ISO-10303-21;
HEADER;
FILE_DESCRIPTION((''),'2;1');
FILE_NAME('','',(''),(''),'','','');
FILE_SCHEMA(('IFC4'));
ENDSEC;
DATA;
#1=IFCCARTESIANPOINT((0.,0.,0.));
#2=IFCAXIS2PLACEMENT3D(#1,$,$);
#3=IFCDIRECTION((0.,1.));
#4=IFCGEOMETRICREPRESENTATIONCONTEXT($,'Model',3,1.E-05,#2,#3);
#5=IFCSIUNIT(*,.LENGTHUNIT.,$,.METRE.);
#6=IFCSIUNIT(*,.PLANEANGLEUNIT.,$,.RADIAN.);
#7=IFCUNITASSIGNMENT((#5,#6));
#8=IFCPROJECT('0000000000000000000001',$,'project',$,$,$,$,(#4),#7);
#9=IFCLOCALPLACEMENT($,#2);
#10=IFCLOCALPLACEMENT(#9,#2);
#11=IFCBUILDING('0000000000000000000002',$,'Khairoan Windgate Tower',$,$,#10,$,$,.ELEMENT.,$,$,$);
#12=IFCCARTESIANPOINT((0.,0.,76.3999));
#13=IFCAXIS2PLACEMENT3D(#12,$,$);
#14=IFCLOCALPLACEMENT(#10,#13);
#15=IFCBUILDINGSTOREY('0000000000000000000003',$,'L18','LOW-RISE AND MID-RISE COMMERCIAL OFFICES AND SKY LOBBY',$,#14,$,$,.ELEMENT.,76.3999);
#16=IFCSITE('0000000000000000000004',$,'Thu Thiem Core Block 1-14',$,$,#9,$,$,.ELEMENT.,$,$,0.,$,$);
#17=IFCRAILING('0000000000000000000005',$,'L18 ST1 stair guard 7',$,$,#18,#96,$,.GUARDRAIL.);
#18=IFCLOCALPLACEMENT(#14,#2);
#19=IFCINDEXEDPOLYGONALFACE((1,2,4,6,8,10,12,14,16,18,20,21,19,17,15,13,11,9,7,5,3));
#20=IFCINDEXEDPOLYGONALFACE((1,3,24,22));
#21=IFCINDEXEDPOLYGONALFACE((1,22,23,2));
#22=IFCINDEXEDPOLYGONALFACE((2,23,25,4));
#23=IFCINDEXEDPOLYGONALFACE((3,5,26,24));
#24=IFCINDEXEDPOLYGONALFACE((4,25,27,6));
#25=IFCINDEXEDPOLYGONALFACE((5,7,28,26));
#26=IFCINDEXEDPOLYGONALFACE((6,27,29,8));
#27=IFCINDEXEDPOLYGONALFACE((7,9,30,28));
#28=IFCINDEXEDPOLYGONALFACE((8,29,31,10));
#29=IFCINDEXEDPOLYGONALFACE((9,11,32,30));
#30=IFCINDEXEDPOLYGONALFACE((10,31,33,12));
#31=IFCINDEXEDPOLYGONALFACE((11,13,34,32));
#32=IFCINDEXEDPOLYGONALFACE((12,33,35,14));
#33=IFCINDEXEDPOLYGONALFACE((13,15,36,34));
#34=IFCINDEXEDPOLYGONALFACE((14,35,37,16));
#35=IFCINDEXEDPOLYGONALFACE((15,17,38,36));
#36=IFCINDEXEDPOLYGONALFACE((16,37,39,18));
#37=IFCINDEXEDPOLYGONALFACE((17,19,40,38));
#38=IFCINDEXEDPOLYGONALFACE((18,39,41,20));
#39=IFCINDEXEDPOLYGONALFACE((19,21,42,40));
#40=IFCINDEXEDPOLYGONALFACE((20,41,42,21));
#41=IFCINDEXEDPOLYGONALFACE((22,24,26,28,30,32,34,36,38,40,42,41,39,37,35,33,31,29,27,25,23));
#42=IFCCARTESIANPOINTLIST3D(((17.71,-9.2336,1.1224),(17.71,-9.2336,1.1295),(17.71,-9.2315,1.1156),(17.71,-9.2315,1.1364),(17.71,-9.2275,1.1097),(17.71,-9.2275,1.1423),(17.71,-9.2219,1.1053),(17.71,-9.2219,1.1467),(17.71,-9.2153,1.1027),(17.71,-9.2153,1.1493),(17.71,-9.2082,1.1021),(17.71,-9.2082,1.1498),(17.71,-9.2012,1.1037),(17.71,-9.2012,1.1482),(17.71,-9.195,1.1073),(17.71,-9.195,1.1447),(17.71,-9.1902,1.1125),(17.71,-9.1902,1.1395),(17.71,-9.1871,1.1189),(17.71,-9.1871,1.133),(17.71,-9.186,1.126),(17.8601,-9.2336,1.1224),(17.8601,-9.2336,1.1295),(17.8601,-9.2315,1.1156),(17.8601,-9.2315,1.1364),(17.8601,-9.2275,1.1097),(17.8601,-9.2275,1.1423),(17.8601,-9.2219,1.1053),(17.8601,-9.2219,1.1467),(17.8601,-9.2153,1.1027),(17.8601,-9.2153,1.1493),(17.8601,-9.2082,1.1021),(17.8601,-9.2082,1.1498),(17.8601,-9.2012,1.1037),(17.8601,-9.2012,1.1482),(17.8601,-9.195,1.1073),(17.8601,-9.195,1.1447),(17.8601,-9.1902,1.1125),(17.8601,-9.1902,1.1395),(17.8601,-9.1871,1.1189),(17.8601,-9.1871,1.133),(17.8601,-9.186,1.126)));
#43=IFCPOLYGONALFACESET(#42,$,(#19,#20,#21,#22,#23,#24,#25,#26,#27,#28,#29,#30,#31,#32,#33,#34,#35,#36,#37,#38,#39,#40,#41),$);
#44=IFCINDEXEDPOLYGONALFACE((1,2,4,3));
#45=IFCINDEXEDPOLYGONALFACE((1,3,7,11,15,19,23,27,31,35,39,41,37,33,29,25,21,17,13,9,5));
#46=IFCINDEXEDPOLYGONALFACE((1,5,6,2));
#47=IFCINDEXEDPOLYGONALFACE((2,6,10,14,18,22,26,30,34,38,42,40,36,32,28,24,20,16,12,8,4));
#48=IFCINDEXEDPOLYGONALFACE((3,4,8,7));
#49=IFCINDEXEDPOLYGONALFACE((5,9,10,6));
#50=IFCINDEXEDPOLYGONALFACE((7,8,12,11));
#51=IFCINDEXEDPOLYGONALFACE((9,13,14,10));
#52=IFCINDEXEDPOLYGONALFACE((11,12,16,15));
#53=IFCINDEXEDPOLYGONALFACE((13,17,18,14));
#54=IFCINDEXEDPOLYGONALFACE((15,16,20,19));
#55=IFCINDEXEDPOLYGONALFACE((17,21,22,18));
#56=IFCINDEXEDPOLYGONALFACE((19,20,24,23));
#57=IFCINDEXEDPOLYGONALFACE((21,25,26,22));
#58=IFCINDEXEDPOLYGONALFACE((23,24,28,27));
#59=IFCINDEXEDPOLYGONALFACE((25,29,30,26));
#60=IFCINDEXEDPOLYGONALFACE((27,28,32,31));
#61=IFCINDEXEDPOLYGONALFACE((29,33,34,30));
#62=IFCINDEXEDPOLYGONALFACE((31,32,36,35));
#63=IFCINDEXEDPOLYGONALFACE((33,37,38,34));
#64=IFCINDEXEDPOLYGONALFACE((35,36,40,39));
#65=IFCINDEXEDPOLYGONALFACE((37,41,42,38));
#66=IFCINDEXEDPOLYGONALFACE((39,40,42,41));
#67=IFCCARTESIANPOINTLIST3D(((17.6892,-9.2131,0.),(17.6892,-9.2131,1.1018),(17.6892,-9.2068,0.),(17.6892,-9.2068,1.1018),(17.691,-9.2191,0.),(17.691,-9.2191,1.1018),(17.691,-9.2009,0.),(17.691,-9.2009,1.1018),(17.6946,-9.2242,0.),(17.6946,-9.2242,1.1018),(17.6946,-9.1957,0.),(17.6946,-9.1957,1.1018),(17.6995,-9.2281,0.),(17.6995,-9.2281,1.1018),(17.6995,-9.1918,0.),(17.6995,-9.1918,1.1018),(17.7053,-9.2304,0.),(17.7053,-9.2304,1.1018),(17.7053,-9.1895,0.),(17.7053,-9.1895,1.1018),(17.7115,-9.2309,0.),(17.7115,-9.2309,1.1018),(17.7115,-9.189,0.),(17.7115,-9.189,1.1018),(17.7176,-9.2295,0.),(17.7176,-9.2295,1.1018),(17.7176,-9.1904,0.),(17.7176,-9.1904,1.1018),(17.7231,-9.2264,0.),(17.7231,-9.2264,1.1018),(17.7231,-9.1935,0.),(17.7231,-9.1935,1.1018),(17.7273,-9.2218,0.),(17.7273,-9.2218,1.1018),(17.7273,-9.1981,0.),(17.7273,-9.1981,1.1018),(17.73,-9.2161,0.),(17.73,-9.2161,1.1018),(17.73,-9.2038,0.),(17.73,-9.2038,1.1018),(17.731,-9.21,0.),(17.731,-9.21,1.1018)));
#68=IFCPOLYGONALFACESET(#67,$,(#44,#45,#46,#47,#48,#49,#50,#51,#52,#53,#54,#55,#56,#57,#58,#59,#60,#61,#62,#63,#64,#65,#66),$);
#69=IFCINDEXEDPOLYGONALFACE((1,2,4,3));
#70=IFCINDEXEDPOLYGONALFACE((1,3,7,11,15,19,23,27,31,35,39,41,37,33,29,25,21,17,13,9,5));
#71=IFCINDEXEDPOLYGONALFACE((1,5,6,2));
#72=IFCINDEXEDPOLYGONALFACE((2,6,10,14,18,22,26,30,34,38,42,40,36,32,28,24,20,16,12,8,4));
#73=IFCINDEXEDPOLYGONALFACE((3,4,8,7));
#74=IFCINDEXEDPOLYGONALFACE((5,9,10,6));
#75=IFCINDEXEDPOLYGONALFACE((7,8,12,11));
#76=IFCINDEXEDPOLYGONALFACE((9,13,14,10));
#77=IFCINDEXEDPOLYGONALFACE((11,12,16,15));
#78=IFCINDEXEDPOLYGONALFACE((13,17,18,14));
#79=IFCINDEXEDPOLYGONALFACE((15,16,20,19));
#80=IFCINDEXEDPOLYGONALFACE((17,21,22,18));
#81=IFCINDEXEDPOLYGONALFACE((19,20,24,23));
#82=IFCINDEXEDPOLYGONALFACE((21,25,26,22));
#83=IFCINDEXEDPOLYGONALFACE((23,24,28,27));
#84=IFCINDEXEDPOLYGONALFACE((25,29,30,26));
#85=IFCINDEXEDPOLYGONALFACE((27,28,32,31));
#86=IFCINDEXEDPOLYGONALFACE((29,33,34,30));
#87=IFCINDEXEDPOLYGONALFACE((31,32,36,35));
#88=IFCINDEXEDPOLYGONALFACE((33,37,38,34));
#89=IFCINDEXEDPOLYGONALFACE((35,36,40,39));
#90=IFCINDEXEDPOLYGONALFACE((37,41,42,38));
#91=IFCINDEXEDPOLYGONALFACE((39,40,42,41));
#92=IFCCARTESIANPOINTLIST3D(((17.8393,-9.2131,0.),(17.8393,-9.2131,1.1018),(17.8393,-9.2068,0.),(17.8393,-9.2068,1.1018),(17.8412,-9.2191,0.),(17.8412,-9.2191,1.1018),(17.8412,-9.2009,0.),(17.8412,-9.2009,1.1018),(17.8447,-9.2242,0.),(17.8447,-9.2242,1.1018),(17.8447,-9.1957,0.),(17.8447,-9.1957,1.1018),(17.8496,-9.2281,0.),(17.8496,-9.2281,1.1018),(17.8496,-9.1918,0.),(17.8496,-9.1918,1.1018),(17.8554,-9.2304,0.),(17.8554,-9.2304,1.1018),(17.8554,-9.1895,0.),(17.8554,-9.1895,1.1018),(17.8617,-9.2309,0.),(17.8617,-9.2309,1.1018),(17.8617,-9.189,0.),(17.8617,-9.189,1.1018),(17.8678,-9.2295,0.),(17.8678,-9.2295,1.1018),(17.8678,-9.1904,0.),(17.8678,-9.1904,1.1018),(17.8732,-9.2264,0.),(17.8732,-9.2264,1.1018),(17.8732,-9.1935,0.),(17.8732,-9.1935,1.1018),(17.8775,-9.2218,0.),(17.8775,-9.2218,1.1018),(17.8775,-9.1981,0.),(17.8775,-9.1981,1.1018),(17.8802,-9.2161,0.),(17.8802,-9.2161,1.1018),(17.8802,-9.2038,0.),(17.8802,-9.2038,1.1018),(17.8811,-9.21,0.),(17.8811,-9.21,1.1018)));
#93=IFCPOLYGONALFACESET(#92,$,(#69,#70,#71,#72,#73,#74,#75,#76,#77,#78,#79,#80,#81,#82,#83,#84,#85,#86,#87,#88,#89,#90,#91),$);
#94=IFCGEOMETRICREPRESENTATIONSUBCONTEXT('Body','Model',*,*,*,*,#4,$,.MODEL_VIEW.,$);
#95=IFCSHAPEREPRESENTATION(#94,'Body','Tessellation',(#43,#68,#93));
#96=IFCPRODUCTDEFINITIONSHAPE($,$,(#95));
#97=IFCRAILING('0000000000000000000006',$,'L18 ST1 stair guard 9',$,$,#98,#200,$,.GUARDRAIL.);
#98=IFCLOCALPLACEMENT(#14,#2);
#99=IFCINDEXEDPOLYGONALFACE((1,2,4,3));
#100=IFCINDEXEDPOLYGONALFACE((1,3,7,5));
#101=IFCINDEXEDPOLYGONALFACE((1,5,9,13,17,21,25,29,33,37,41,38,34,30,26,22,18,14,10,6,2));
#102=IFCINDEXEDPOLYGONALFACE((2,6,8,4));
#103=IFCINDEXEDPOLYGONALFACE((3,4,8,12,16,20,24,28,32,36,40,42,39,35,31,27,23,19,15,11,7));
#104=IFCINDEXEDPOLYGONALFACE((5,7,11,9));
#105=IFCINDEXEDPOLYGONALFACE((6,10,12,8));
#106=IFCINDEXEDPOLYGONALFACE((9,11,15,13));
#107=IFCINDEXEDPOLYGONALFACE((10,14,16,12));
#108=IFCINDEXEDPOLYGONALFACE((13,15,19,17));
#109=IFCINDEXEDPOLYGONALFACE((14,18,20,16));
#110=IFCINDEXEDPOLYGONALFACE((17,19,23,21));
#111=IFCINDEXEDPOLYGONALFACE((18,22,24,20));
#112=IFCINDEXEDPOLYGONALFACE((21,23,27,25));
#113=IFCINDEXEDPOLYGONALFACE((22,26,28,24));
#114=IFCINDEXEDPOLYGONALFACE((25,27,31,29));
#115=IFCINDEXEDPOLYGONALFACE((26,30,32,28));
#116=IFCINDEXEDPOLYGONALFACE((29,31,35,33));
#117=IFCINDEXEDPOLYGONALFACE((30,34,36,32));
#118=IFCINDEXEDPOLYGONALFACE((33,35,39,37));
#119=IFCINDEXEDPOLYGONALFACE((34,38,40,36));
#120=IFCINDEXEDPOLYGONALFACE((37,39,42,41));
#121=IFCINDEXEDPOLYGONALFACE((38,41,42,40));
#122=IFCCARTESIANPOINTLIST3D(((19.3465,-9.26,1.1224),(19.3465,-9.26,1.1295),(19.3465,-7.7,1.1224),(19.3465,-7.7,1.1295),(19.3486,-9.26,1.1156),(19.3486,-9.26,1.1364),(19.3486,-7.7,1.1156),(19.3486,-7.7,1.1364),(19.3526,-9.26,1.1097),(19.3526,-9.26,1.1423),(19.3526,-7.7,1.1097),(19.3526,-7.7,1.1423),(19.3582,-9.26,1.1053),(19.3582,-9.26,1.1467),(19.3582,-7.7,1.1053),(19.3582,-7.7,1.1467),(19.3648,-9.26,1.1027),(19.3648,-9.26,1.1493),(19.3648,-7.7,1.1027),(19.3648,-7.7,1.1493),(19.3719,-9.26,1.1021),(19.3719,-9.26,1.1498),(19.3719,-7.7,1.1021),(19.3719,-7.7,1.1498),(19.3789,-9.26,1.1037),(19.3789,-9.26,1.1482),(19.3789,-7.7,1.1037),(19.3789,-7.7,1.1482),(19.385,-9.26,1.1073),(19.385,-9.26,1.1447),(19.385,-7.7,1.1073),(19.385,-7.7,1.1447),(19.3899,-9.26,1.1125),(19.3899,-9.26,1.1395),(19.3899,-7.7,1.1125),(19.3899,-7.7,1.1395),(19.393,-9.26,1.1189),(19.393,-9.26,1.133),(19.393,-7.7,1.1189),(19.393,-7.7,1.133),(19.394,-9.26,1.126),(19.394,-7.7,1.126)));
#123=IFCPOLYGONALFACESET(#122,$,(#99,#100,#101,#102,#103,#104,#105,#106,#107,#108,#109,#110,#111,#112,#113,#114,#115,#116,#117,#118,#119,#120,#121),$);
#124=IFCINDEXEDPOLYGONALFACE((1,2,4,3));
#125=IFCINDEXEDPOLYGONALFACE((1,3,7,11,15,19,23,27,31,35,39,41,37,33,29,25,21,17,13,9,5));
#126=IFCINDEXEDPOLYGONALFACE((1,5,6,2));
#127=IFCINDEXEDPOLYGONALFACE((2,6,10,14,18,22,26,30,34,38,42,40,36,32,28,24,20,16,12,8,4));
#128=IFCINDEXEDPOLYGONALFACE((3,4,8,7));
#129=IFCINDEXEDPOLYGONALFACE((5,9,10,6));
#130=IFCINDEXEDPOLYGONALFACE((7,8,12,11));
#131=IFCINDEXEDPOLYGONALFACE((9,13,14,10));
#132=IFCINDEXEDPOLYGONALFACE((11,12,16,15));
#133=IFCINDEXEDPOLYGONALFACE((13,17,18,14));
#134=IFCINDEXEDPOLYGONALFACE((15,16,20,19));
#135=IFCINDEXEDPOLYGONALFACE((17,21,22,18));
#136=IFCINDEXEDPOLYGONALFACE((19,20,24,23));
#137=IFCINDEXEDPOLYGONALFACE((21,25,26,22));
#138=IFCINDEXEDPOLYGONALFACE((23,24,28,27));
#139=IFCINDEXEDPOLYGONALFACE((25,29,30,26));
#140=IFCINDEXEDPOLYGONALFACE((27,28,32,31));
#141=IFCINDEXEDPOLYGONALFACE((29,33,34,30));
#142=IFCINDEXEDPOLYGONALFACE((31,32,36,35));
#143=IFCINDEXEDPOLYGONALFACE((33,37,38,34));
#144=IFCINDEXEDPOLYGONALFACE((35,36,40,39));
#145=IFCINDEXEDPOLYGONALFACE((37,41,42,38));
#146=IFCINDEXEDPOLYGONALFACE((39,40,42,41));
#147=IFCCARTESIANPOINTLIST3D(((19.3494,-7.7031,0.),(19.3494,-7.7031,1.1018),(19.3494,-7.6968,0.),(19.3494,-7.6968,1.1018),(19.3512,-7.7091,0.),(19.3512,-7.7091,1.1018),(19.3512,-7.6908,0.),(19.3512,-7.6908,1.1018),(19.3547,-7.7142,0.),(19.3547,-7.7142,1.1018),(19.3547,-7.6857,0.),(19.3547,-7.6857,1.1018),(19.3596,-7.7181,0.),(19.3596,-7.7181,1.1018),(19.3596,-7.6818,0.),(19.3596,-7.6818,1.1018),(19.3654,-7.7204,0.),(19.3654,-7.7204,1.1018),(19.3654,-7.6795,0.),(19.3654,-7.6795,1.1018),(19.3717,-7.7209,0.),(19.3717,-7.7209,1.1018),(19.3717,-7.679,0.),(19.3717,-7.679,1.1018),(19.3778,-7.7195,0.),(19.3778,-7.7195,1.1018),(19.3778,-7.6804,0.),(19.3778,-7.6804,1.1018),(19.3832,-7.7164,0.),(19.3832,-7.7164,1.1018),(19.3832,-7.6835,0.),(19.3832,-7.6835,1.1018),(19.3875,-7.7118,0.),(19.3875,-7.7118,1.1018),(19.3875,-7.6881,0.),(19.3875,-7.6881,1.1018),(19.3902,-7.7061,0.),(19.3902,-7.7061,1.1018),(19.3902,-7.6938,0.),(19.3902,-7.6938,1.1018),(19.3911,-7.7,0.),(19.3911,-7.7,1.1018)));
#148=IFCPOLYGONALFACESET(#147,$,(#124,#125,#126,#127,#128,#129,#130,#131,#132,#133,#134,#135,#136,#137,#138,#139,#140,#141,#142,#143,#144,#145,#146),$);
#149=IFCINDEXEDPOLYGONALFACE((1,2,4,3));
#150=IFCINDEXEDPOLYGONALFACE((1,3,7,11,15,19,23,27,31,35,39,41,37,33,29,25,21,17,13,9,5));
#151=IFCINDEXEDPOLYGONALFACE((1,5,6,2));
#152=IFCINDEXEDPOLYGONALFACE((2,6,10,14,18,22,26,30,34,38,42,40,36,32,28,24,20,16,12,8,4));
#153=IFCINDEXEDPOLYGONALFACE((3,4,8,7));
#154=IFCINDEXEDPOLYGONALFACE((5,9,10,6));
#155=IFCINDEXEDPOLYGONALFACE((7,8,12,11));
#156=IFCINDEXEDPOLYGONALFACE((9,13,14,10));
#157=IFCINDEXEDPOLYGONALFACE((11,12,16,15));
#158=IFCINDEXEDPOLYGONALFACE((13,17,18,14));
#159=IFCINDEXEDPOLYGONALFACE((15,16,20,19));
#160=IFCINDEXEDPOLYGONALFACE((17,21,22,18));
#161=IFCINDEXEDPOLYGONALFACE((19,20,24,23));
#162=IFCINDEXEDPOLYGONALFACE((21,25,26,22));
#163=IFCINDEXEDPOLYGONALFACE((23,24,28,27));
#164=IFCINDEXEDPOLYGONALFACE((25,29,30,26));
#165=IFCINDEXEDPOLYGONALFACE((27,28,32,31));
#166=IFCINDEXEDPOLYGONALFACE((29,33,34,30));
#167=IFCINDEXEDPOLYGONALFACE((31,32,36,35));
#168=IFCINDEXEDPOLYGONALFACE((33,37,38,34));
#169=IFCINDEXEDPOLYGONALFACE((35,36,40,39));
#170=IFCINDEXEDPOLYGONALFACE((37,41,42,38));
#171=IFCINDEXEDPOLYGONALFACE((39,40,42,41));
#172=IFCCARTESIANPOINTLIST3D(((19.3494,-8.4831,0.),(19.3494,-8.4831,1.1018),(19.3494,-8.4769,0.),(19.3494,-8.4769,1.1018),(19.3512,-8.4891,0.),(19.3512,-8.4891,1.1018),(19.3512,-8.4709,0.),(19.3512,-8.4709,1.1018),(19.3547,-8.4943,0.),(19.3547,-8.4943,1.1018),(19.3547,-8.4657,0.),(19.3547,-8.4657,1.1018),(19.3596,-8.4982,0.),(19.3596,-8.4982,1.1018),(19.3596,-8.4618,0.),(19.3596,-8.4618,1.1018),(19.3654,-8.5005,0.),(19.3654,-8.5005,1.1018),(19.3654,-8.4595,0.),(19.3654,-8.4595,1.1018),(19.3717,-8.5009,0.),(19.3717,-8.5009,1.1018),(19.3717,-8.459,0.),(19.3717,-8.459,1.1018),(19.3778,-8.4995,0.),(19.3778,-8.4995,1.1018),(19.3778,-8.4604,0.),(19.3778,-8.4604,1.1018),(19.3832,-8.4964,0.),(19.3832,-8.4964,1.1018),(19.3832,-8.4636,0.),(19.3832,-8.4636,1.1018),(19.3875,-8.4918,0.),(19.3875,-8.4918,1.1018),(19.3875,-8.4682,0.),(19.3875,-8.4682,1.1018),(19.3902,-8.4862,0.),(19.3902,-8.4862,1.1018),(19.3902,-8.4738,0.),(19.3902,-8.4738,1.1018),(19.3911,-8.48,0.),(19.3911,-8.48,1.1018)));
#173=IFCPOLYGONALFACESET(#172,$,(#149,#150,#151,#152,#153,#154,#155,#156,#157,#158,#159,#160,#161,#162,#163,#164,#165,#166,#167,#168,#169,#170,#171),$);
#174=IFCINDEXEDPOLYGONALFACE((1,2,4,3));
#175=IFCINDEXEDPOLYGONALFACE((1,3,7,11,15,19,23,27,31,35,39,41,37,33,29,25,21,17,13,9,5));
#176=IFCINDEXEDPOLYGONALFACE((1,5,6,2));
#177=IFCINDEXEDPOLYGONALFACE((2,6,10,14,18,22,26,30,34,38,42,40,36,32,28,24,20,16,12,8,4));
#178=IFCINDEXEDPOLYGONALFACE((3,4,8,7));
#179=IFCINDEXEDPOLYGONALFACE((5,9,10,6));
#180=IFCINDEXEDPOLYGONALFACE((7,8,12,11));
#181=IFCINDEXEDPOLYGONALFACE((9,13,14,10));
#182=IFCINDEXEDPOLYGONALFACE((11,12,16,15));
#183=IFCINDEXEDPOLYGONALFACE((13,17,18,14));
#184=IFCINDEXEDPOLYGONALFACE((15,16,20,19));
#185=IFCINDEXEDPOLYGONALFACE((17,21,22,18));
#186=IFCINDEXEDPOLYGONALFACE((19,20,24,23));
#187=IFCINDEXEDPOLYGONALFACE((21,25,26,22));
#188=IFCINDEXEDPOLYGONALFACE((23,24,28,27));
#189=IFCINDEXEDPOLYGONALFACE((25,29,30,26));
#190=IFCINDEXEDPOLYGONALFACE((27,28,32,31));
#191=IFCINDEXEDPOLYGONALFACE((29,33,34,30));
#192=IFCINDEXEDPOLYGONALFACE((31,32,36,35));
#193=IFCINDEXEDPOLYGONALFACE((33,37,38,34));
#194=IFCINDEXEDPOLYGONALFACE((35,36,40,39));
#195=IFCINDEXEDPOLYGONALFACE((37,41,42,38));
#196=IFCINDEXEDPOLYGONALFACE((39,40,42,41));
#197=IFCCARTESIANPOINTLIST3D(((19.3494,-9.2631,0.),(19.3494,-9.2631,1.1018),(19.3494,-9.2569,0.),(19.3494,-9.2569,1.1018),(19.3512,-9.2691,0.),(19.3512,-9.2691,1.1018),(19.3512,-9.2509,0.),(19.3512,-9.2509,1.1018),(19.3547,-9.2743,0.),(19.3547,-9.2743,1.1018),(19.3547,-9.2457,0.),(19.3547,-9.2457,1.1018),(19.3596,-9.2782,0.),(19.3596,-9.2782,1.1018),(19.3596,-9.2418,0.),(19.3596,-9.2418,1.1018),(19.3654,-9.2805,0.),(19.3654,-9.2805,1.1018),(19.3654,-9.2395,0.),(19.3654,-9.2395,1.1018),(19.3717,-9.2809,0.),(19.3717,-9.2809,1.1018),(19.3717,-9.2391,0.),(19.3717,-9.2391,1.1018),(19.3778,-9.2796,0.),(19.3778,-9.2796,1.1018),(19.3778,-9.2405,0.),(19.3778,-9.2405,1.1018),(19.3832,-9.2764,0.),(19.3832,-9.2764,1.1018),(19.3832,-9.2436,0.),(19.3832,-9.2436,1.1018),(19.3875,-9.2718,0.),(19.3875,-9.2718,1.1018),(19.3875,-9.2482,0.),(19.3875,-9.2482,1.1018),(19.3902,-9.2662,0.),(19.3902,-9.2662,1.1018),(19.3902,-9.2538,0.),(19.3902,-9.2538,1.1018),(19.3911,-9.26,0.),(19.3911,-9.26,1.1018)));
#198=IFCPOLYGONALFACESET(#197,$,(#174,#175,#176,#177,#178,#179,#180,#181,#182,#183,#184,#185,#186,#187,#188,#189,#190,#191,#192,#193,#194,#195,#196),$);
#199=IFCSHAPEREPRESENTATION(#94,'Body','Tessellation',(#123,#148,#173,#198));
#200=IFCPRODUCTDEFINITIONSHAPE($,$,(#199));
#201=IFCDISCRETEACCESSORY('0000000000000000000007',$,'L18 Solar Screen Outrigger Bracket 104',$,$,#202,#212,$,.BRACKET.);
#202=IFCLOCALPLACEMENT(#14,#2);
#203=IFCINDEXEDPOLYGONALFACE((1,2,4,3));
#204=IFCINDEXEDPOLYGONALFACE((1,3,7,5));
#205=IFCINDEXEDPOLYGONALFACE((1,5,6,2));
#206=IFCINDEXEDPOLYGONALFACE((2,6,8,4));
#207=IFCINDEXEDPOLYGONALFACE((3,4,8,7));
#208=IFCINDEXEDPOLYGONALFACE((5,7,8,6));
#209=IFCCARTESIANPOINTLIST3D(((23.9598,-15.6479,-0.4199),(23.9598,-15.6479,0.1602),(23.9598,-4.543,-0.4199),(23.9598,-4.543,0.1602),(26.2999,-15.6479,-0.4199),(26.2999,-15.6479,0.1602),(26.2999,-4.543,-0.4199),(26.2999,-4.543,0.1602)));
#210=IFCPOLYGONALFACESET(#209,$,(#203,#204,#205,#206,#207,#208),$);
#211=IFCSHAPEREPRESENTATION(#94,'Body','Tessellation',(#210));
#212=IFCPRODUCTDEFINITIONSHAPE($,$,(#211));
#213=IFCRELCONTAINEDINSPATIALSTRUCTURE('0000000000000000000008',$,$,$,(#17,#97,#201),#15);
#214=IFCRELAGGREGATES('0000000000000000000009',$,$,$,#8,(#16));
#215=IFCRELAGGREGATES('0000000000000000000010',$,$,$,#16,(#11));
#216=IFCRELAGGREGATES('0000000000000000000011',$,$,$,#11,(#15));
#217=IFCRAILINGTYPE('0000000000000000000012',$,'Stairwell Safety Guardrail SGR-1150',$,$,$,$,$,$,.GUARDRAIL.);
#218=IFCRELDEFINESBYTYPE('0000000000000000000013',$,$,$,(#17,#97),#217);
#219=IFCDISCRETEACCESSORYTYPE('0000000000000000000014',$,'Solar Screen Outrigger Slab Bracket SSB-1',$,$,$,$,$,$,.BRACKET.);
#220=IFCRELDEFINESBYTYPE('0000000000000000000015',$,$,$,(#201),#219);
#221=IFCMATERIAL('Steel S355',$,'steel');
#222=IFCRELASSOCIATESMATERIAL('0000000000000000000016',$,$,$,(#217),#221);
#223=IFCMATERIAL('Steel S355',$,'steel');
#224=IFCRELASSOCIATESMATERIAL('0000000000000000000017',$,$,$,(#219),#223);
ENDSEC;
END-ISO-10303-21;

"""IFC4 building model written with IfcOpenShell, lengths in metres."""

from ifc_helpers import new_model, si_unit, direction, frame, origin, origin_2d, place, context, subcontext, project, spatial, rectangle, circle, extrude, material, type_object, element, save


model = new_model("IFC4")

# Units and contexts
model_context = context("Model", 3, precision=1e-05, world=origin(), true_north=direction((0.0, 1.0)))
body_context = subcontext(model_context, "Body", "Model", "MODEL_VIEW")
ifc_project = project(units=[si_unit("LENGTHUNIT", "METRE"), si_unit("PLANEANGLEUNIT", "RADIAN")], contexts=[model_context])

# Site, building, storey
site_placement = place(None, origin())
site = spatial("IfcSite", under=ifc_project, at=site_placement, Name="Thu Thiem Core Block 1-14", CompositionType="ELEMENT", RefElevation=0.0)
building_placement = place(site_placement, origin())
building = spatial("IfcBuilding", under=site, at=building_placement, Name="Khairoan Windgate Tower", CompositionType="ELEMENT")
storey_placement = place(building_placement, frame((0.0, 0.0, 76.3999)))
storey = spatial("IfcBuildingStorey", under=building, at=storey_placement, Name="L18", Description="LOW-RISE AND MID-RISE COMMERCIAL OFFICES AND SKY LOBBY", CompositionType="ELEMENT", Elevation=76.3999)

# Railings
ifc_material_1 = material(Name="Steel S355", Category="steel")
railing_type_1 = type_object("IfcRailingType", Name="Stairwell Safety Guardrail SGR-1150", PredefinedType="GUARDRAIL", material=ifc_material_1)
railing_1_placement = place(storey_placement, frame((17.71, -9.21, 0.0)))
element("IfcRailing", 1, at=railing_1_placement, inside=storey, type_object=railing_type_1, Name="L18 ST1 stair guard 7", PredefinedType="GUARDRAIL", context=body_context, shape_type="SweptSolid", body=[
    extrude(circle(Radius=0.0239, at=origin_2d()), frame((0.0, 0.0, 1.126), z_axis=(1.0, 0.0, 0.0), x_axis=(0.0, 1.0, 0.0)), (0.0, 0.0, 1.0), 0.1501),
    extrude(circle(Radius=0.021, at=origin_2d()), origin(), (0.0, 0.0, 1.0), 1.1018),
    extrude(circle(Radius=0.021, at=origin_2d()), frame((0.1501, 0.0, 0.0)), (0.0, 0.0, 1.0), 1.1018),
])
railing_2_placement = place(storey_placement, frame((19.3701, -7.7, 0.0)))
element("IfcRailing", 2, at=railing_2_placement, inside=storey, type_object=railing_type_1, Name="L18 ST1 stair guard 9", PredefinedType="GUARDRAIL", context=body_context, shape_type="SweptSolid", body=[
    extrude(circle(Radius=0.0239, at=origin_2d()), frame((0.0, 0.0, 1.126), z_axis=(0.0, -1.0, 0.0), x_axis=(1.0, 0.0, 0.0)), (0.0, 0.0, 1.0), 1.5601),
    extrude(circle(Radius=0.021, at=origin_2d()), origin(), (0.0, 0.0, 1.0), 1.1018),
    extrude(circle(Radius=0.021, at=origin_2d()), frame((0.0, -0.78, 0.0)), (0.0, 0.0, 1.0), 1.1018),
    extrude(circle(Radius=0.021, at=origin_2d()), frame((0.0, -1.5601, 0.0)), (0.0, 0.0, 1.0), 1.1018),
])

# Discrete accessory
ifc_material_2 = material(Name="Steel S355", Category="steel")
discrete_accessory_type = type_object("IfcDiscreteAccessoryType", Name="Solar Screen Outrigger Slab Bracket SSB-1", PredefinedType="BRACKET", material=ifc_material_2)
discrete_accessory_placement = place(storey_placement, frame((25.1299, -10.0955, -0.4199), z_axis=(0.0, 0.0, 1.0), x_axis=(0.0, -1.0, 0.0)))
element("IfcDiscreteAccessory", 3, at=discrete_accessory_placement, inside=storey, type_object=discrete_accessory_type, Name="L18 Solar Screen Outrigger Bracket 104", PredefinedType="BRACKET", context=body_context, shape_type="SweptSolid", body=[
    extrude(rectangle(XDim=11.105, YDim=2.3401, at=origin_2d()), origin(), (0.0, 0.0, 1.0), 0.5801),
])

save(model, "model.ifc")
